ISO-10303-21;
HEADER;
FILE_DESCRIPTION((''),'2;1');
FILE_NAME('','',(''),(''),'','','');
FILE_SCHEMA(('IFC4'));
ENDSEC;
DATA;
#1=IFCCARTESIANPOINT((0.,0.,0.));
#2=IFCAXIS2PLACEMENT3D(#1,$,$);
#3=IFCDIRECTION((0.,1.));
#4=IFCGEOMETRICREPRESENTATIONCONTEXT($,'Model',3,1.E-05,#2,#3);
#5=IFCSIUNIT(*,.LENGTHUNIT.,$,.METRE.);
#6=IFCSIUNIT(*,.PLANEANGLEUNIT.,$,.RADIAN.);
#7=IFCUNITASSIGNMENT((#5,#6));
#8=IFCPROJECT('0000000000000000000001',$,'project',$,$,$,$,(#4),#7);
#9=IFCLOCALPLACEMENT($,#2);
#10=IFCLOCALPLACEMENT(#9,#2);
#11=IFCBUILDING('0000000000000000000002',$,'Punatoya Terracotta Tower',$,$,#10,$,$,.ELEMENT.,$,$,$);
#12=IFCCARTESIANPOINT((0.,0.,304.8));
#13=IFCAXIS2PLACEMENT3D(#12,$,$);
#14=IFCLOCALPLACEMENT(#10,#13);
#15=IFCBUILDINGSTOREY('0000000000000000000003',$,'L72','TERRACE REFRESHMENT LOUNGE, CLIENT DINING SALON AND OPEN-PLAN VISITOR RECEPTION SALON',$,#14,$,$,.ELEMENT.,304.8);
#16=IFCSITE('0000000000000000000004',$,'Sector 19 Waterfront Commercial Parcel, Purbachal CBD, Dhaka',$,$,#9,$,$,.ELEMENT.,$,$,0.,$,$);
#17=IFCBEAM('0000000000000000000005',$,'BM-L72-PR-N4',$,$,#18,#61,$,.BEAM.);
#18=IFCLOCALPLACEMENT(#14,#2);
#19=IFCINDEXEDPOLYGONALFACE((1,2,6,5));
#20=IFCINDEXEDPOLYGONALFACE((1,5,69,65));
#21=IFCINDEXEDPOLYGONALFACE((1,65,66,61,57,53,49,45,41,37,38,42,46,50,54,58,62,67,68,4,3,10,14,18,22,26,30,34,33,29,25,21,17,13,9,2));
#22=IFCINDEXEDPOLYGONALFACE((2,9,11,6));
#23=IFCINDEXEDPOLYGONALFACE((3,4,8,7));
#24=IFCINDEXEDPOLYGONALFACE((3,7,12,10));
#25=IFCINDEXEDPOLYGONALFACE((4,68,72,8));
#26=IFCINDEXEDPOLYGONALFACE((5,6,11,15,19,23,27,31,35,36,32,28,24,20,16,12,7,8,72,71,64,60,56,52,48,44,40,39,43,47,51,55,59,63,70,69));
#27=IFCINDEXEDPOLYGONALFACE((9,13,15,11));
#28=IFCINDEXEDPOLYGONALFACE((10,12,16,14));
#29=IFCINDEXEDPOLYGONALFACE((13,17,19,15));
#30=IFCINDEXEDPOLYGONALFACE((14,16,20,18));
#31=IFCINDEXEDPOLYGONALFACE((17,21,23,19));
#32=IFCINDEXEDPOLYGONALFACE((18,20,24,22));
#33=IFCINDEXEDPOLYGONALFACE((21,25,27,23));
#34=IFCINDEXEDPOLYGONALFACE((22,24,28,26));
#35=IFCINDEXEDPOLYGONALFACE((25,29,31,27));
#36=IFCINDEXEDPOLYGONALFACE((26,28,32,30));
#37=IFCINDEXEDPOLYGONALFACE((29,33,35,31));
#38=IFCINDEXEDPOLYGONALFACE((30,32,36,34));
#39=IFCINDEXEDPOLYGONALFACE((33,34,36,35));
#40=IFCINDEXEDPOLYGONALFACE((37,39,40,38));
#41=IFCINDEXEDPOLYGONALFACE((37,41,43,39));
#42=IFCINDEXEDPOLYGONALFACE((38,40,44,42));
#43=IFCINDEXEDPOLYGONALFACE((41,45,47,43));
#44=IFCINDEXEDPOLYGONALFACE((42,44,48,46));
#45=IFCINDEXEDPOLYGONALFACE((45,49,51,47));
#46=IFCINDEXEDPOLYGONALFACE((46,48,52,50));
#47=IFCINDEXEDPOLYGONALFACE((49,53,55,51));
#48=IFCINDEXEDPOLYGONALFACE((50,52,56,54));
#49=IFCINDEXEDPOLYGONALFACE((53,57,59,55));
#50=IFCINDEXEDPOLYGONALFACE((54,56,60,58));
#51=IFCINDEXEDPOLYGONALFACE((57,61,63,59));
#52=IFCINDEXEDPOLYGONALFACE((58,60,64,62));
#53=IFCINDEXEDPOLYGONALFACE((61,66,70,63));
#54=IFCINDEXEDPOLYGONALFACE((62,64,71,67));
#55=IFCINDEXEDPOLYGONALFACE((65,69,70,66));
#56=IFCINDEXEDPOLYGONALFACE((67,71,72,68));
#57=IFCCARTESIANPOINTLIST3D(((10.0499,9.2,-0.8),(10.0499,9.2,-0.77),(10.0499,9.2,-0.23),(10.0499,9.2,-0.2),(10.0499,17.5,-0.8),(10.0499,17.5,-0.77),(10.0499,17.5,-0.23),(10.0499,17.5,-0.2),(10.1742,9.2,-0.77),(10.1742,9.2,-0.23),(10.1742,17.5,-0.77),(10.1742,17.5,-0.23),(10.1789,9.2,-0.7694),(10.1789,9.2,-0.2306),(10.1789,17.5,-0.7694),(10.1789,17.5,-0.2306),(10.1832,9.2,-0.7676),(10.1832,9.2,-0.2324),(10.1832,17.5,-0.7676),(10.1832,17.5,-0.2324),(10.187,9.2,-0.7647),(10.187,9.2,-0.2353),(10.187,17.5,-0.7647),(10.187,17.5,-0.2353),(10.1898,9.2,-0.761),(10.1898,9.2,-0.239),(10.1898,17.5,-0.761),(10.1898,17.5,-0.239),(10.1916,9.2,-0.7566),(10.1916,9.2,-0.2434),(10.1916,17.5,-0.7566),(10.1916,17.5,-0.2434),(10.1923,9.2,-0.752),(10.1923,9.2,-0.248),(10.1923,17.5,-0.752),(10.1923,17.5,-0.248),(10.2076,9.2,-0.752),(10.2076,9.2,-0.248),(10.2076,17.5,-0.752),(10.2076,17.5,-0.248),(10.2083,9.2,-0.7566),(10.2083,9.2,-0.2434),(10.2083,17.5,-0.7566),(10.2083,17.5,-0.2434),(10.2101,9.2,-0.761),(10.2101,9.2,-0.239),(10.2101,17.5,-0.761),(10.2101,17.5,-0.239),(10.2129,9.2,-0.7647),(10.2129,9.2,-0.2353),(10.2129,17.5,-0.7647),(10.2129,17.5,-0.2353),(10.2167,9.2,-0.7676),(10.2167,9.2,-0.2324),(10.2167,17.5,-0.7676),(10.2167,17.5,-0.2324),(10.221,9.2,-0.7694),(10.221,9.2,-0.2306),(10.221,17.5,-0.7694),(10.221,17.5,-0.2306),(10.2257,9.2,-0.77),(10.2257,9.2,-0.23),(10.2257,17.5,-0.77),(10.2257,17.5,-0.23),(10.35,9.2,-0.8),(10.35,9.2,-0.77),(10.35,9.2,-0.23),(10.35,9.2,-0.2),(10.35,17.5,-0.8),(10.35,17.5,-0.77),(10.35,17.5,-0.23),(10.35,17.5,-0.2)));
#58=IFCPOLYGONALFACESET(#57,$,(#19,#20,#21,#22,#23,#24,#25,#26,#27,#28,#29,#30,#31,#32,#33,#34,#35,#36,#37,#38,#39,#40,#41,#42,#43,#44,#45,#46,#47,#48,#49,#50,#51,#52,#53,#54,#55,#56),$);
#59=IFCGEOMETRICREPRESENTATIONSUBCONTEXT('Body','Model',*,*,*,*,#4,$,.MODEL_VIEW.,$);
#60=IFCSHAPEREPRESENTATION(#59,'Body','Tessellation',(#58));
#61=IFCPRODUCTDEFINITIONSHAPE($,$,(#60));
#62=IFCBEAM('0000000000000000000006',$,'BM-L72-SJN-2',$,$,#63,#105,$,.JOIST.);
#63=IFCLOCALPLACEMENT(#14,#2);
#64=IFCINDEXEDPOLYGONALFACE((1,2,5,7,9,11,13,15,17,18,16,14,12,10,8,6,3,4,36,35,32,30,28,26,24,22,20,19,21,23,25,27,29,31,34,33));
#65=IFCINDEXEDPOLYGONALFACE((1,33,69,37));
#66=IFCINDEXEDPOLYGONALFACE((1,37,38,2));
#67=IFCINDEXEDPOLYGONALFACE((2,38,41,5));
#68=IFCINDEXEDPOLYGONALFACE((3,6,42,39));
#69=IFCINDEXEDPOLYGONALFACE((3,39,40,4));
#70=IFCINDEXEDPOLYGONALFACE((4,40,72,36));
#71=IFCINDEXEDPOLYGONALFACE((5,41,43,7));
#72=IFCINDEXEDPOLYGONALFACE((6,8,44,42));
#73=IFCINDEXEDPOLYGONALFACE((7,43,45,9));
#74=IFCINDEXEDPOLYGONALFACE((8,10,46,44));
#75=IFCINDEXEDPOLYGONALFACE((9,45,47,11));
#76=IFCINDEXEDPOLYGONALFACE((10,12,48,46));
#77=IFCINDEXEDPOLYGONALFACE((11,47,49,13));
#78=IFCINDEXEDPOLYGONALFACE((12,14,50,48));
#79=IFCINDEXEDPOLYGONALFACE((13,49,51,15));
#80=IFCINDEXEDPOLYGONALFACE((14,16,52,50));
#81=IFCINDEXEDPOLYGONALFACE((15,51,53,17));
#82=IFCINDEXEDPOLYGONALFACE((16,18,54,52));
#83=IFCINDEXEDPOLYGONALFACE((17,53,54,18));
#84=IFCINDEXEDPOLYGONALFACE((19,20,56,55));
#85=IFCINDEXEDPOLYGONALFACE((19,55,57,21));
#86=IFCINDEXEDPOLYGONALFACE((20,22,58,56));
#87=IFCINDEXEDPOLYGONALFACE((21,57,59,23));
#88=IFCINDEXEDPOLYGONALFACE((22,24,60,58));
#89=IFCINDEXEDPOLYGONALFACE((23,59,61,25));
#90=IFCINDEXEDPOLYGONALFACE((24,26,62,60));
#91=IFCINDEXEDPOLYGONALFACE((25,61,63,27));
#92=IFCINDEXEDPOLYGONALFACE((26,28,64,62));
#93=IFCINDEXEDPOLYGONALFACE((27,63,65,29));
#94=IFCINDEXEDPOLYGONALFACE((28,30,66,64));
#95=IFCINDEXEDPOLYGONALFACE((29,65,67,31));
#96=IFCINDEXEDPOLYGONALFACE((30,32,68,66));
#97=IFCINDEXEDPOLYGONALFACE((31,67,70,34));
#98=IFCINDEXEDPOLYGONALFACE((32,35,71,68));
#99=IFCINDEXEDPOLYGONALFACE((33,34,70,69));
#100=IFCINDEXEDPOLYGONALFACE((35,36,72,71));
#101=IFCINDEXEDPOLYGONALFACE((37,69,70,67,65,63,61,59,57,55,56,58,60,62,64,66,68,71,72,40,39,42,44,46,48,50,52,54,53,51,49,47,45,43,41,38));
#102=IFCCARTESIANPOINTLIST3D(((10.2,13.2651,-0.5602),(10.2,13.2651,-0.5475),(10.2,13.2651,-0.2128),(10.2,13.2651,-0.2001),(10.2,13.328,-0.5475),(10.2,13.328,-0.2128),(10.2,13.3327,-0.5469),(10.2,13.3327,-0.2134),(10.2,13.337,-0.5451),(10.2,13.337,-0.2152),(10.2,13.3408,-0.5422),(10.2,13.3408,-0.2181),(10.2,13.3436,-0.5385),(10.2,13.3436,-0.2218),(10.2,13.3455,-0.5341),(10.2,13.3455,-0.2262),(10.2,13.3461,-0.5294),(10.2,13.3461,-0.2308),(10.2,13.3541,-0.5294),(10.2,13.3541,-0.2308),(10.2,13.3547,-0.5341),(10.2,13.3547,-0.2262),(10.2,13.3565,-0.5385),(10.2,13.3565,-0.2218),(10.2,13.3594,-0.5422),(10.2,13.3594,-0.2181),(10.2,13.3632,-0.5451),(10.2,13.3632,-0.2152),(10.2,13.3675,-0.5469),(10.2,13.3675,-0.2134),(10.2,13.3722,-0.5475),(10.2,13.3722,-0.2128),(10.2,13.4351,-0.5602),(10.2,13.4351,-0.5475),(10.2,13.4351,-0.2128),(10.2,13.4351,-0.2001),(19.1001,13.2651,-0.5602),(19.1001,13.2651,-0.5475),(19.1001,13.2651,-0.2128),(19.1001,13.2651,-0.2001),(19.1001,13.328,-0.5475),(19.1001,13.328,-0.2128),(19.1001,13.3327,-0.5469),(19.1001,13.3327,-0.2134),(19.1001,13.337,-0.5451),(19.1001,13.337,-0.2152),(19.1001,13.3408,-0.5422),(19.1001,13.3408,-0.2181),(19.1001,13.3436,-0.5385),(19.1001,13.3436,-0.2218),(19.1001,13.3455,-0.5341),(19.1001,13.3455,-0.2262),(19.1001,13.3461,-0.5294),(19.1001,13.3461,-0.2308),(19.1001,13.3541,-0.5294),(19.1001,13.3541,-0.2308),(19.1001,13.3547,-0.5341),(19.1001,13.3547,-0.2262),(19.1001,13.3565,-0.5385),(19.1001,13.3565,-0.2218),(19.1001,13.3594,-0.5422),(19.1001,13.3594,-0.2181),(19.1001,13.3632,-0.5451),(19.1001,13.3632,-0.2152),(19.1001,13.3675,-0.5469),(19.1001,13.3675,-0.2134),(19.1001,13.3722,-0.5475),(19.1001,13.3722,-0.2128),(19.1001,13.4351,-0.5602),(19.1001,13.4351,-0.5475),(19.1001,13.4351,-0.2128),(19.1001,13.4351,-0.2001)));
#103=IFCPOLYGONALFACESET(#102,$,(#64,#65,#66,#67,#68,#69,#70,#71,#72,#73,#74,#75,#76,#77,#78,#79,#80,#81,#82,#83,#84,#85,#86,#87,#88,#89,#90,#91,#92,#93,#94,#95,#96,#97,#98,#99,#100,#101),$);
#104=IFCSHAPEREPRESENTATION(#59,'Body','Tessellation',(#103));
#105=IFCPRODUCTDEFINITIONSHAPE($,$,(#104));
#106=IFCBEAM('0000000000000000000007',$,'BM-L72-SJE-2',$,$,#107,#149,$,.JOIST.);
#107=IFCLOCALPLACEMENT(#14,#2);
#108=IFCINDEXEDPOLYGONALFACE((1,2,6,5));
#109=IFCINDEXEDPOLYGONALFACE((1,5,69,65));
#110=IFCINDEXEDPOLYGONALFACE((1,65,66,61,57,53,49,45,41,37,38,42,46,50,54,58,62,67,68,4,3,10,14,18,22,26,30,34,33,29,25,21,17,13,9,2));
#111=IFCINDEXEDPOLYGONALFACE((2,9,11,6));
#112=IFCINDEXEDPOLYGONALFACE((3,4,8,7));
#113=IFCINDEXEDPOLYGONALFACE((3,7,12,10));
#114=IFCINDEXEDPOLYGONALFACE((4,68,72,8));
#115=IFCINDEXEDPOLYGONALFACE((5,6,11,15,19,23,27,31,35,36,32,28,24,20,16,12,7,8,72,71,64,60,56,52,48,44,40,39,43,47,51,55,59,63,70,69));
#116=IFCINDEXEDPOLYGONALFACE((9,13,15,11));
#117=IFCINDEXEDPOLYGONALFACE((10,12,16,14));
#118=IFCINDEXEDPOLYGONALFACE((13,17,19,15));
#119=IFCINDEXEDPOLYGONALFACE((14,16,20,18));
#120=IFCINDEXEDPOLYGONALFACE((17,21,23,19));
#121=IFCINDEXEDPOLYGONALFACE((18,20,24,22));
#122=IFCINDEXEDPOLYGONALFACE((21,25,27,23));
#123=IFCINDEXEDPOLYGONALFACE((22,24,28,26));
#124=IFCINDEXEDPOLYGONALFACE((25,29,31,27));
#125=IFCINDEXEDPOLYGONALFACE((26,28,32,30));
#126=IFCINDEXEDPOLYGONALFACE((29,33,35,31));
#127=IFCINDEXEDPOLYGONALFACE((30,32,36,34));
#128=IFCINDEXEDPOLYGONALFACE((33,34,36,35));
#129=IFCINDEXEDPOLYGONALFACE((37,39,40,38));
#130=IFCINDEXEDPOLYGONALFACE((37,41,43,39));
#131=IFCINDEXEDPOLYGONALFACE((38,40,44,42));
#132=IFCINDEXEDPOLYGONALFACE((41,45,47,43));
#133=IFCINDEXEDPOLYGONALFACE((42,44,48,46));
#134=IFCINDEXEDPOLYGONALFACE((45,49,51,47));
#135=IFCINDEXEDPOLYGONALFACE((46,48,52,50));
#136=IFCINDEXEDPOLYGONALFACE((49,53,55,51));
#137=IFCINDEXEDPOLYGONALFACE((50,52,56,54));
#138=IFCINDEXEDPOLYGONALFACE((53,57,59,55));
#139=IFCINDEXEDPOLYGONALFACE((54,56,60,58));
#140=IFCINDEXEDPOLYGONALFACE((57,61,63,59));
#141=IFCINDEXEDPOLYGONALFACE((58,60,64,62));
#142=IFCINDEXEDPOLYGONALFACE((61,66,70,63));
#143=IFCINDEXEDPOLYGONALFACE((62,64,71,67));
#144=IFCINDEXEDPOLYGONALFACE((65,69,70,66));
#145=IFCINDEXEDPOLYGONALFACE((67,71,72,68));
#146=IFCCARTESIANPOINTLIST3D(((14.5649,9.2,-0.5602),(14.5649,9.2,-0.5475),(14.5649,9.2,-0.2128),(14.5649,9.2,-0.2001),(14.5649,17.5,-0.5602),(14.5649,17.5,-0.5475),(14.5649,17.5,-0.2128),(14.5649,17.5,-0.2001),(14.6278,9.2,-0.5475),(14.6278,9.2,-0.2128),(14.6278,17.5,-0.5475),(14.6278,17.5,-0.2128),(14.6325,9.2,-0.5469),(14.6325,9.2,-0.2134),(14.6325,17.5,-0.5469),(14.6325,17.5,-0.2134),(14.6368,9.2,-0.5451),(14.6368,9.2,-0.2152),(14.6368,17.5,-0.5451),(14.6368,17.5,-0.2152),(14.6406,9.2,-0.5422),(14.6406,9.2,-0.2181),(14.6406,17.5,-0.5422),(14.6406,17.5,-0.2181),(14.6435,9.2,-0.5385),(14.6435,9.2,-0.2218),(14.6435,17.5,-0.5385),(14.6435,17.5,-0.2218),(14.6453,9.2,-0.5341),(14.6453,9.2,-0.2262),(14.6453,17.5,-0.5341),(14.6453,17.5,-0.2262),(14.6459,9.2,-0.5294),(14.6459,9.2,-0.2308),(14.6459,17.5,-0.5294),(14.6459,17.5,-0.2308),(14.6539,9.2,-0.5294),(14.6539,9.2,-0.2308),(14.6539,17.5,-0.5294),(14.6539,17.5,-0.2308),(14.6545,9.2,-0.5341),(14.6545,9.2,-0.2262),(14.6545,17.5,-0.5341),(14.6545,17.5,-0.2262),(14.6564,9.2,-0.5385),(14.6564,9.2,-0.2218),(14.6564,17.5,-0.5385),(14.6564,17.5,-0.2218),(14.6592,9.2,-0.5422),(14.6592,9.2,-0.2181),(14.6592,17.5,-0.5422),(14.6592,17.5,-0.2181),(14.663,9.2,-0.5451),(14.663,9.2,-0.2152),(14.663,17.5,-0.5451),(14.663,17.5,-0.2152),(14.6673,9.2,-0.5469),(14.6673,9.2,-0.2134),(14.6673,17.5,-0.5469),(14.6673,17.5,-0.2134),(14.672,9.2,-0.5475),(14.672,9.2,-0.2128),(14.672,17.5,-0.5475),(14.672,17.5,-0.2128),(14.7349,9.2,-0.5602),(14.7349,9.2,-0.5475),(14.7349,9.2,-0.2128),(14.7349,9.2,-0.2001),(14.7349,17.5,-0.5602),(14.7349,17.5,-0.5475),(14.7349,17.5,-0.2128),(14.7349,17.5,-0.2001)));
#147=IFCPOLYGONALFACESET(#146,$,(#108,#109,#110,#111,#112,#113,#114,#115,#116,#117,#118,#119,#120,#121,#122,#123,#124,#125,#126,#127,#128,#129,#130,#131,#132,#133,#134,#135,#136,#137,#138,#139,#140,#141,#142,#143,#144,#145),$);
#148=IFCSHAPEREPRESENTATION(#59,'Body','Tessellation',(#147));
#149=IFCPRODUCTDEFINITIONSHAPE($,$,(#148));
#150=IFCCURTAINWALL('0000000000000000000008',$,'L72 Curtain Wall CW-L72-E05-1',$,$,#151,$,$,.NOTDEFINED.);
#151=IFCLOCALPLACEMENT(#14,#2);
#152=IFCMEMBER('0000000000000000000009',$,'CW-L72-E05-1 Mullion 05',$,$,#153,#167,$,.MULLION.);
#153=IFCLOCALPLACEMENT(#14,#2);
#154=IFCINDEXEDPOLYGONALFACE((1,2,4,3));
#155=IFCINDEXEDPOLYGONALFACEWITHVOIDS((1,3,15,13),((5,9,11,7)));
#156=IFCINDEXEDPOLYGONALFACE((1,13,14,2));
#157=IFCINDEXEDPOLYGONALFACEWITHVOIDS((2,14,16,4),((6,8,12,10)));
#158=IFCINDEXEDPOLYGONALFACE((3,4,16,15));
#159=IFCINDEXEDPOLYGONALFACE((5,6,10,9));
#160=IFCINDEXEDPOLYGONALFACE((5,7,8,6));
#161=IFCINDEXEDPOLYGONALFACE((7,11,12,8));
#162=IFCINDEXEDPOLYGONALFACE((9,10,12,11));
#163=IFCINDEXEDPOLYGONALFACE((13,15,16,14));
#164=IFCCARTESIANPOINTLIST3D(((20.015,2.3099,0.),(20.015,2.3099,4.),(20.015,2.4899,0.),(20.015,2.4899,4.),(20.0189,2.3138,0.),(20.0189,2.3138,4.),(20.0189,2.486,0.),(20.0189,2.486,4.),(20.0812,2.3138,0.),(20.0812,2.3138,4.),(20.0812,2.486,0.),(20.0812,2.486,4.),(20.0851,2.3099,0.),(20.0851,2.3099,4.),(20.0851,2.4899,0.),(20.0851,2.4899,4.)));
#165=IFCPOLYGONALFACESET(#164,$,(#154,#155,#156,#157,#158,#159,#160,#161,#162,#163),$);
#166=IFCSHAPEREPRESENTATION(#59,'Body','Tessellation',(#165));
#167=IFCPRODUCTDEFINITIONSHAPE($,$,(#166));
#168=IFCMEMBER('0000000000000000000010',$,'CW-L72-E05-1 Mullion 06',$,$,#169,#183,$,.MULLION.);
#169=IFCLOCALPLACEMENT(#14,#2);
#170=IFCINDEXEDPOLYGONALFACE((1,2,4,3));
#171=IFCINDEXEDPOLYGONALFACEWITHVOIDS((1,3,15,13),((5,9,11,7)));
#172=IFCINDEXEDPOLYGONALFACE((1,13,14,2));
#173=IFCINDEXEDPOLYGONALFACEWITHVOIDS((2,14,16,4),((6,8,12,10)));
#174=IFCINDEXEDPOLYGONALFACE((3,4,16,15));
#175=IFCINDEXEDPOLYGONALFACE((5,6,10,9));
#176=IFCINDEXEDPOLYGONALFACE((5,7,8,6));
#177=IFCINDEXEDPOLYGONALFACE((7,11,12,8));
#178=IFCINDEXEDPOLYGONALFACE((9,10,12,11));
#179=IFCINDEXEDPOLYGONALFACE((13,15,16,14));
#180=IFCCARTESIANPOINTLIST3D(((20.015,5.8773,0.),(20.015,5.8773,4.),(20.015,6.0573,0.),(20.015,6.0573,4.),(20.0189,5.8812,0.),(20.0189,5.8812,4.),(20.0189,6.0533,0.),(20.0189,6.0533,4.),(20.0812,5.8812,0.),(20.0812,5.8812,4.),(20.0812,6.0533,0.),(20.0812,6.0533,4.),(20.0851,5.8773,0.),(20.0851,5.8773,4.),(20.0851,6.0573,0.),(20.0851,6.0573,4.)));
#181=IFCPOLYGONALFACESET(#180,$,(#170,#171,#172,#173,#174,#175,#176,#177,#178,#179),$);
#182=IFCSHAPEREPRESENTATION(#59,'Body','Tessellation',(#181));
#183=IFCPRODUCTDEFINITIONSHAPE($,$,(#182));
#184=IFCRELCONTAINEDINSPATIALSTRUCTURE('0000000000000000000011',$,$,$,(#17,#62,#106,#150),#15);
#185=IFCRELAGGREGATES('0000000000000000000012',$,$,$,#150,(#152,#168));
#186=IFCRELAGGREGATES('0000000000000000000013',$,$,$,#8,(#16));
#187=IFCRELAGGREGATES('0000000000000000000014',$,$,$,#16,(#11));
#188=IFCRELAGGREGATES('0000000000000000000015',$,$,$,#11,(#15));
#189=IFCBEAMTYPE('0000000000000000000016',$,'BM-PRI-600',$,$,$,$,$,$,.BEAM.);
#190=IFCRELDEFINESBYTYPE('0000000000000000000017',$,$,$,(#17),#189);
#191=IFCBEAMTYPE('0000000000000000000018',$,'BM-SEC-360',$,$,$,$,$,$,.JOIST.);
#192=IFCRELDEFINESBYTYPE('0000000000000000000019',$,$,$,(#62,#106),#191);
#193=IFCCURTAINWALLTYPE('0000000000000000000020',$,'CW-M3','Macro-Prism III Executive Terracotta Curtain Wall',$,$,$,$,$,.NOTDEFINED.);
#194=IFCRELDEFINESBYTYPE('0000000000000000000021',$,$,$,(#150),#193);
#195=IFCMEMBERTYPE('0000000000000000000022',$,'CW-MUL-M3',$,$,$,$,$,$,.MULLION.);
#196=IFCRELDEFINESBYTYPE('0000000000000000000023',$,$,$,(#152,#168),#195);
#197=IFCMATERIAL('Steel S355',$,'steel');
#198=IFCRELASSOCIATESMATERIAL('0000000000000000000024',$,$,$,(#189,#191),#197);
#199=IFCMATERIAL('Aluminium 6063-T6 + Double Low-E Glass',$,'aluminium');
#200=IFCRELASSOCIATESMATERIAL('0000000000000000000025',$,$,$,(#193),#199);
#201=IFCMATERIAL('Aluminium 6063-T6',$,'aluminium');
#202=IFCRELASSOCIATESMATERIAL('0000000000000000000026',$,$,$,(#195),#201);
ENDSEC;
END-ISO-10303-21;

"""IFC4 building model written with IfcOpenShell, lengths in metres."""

from ifc_helpers import new_model, si_unit, direction, frame, origin, origin_2d, place, context, subcontext, project, spatial, hollow_rectangle, i_section, extrude, material, material_profile, profile_set, type_object, element, aggregate, save


model = new_model("IFC4")

# Units and contexts
model_context = context("Model", 3, precision=1e-05, world=origin(), true_north=direction((0.0, 1.0)))
body_context = subcontext(model_context, "Body", "Model", "MODEL_VIEW")
ifc_project = project(units=[si_unit("LENGTHUNIT", "METRE"), si_unit("PLANEANGLEUNIT", "RADIAN")], contexts=[model_context])

# Site, building, storey
site_placement = place(None, origin())
site = spatial("IfcSite", under=ifc_project, at=site_placement, Name="Sector 19 Waterfront Commercial Parcel, Purbachal CBD, Dhaka", CompositionType="ELEMENT", RefElevation=0.0)
building_placement = place(site_placement, origin())
building = spatial("IfcBuilding", under=site, at=building_placement, Name="Punatoya Terracotta Tower", CompositionType="ELEMENT")
storey_placement = place(building_placement, frame((0.0, 0.0, 304.8)))
storey = spatial("IfcBuildingStorey", under=building, at=storey_placement, Name="L72", Description="TERRACE REFRESHMENT LOUNGE, CLIENT DINING SALON AND OPEN-PLAN VISITOR RECEPTION SALON", CompositionType="ELEMENT", Elevation=304.8)

# Beams
ifc_material_1 = material(Name="Steel S355", Category="steel")
ifc_material_profile_1 = material_profile(ifc_material_1, i_section(OverallWidth=0.3, OverallDepth=0.6001, WebThickness=0.0154, FlangeThickness=0.03, FilletRadius=0.0181, at=origin_2d()))
ifc_profile_set_1 = profile_set([ifc_material_profile_1], Name="Steel S355")
beam_type_1 = type_object("IfcBeamType", Name="BM-PRI-600", PredefinedType="BEAM", material=ifc_profile_set_1)
beam_1_placement = place(storey_placement, frame((10.2, 9.2, -0.5), z_axis=(0.0, 1.0, 0.0), x_axis=(-1.0, 0.0, 0.0)))
element("IfcBeam", 1, at=beam_1_placement, inside=storey, type_object=beam_type_1, Name="BM-L72-PR-N4", PredefinedType="BEAM", context=body_context, shape_type="SweptSolid", body=[
    extrude(i_section(OverallWidth=0.3, OverallDepth=0.6001, WebThickness=0.0154, FlangeThickness=0.03, FilletRadius=0.0181, at=origin_2d()), origin(), (0.0, 0.0, 1.0), 8.3),
])
ifc_material_profile_2 = material_profile(ifc_material_1, i_section(OverallWidth=0.1699, OverallDepth=0.3601, WebThickness=0.0081, FlangeThickness=0.0127, FilletRadius=0.0181, at=origin_2d()))
ifc_profile_set_2 = profile_set([ifc_material_profile_2], Name="Steel S355")
beam_type_2 = type_object("IfcBeamType", Name="BM-SEC-360", PredefinedType="JOIST", material=ifc_profile_set_2)
beam_2_placement = place(storey_placement, frame((10.2, 13.3501, -0.3801), z_axis=(1.0, 0.0, 0.0), x_axis=(0.0, 1.0, 0.0)))
element("IfcBeam", 2, at=beam_2_placement, inside=storey, type_object=beam_type_2, Name="BM-L72-SJN-2", PredefinedType="JOIST", context=body_context, shape_type="SweptSolid", body=[
    extrude(i_section(OverallWidth=0.1699, OverallDepth=0.3601, WebThickness=0.0081, FlangeThickness=0.0127, FilletRadius=0.0181, at=origin_2d()), origin(), (0.0, 0.0, 1.0), 8.9001),
])
beam_3_placement = place(storey_placement, frame((14.6499, 9.2, -0.3801), z_axis=(0.0, 1.0, 0.0), x_axis=(-1.0, 0.0, 0.0)))
element("IfcBeam", 3, at=beam_3_placement, inside=storey, type_object=beam_type_2, Name="BM-L72-SJE-2", PredefinedType="JOIST", context=body_context, shape_type="SweptSolid", body=[
    extrude(i_section(OverallWidth=0.1699, OverallDepth=0.3601, WebThickness=0.0081, FlangeThickness=0.0127, FilletRadius=0.0181, at=origin_2d()), origin(), (0.0, 0.0, 1.0), 8.3),
])

# Curtain wall, members
ifc_material_2 = material(Name="Aluminium 6063-T6 + Double Low-E Glass", Category="aluminium")
curtain_wall_type = type_object("IfcCurtainWallType", Name="CW-M3", Description="Macro-Prism III Executive Terracotta Curtain Wall", PredefinedType="NOTDEFINED", material=ifc_material_2)
curtain_wall_placement = place(storey_placement, origin())
curtain_wall = element("IfcCurtainWall", 4, at=curtain_wall_placement, inside=storey, type_object=curtain_wall_type, Name="L72 Curtain Wall CW-L72-E05-1", PredefinedType="NOTDEFINED")
ifc_material_3 = material(Name="Aluminium 6063-T6", Category="aluminium")
ifc_material_profile_3 = material_profile(ifc_material_3, hollow_rectangle(XDim=0.0701, YDim=0.1799, WallThickness=0.0039, at=origin_2d()))
ifc_profile_set_3 = profile_set([ifc_material_profile_3], Name="Aluminium 6063-T6")
member_type = type_object("IfcMemberType", Name="CW-MUL-M3", PredefinedType="MULLION", material=ifc_profile_set_3)
member_1_placement = place(storey_placement, frame((20.05, 2.3999, 0.0), z_axis=(0.0, 0.0, 1.0), x_axis=(1.0, 0.0, 0.0)))
member_1 = element("IfcMember", 5, at=member_1_placement, type_object=member_type, Name="CW-L72-E05-1 Mullion 05", PredefinedType="MULLION", context=body_context, shape_type="SweptSolid", body=[
    extrude(hollow_rectangle(XDim=0.0701, YDim=0.1799, WallThickness=0.0039, at=origin_2d()), origin(), (0.0, 0.0, 1.0), 4.0),
])
member_2_placement = place(storey_placement, frame((20.05, 5.9673, 0.0), z_axis=(0.0, 0.0, 1.0), x_axis=(1.0, 0.0, 0.0)))
member_2 = element("IfcMember", 6, at=member_2_placement, type_object=member_type, Name="CW-L72-E05-1 Mullion 06", PredefinedType="MULLION", context=body_context, shape_type="SweptSolid", body=[
    extrude(hollow_rectangle(XDim=0.0701, YDim=0.1799, WallThickness=0.0039, at=origin_2d()), origin(), (0.0, 0.0, 1.0), 4.0),
])
aggregate(curtain_wall, [member_1, member_2])

save(model, "model.ifc")
